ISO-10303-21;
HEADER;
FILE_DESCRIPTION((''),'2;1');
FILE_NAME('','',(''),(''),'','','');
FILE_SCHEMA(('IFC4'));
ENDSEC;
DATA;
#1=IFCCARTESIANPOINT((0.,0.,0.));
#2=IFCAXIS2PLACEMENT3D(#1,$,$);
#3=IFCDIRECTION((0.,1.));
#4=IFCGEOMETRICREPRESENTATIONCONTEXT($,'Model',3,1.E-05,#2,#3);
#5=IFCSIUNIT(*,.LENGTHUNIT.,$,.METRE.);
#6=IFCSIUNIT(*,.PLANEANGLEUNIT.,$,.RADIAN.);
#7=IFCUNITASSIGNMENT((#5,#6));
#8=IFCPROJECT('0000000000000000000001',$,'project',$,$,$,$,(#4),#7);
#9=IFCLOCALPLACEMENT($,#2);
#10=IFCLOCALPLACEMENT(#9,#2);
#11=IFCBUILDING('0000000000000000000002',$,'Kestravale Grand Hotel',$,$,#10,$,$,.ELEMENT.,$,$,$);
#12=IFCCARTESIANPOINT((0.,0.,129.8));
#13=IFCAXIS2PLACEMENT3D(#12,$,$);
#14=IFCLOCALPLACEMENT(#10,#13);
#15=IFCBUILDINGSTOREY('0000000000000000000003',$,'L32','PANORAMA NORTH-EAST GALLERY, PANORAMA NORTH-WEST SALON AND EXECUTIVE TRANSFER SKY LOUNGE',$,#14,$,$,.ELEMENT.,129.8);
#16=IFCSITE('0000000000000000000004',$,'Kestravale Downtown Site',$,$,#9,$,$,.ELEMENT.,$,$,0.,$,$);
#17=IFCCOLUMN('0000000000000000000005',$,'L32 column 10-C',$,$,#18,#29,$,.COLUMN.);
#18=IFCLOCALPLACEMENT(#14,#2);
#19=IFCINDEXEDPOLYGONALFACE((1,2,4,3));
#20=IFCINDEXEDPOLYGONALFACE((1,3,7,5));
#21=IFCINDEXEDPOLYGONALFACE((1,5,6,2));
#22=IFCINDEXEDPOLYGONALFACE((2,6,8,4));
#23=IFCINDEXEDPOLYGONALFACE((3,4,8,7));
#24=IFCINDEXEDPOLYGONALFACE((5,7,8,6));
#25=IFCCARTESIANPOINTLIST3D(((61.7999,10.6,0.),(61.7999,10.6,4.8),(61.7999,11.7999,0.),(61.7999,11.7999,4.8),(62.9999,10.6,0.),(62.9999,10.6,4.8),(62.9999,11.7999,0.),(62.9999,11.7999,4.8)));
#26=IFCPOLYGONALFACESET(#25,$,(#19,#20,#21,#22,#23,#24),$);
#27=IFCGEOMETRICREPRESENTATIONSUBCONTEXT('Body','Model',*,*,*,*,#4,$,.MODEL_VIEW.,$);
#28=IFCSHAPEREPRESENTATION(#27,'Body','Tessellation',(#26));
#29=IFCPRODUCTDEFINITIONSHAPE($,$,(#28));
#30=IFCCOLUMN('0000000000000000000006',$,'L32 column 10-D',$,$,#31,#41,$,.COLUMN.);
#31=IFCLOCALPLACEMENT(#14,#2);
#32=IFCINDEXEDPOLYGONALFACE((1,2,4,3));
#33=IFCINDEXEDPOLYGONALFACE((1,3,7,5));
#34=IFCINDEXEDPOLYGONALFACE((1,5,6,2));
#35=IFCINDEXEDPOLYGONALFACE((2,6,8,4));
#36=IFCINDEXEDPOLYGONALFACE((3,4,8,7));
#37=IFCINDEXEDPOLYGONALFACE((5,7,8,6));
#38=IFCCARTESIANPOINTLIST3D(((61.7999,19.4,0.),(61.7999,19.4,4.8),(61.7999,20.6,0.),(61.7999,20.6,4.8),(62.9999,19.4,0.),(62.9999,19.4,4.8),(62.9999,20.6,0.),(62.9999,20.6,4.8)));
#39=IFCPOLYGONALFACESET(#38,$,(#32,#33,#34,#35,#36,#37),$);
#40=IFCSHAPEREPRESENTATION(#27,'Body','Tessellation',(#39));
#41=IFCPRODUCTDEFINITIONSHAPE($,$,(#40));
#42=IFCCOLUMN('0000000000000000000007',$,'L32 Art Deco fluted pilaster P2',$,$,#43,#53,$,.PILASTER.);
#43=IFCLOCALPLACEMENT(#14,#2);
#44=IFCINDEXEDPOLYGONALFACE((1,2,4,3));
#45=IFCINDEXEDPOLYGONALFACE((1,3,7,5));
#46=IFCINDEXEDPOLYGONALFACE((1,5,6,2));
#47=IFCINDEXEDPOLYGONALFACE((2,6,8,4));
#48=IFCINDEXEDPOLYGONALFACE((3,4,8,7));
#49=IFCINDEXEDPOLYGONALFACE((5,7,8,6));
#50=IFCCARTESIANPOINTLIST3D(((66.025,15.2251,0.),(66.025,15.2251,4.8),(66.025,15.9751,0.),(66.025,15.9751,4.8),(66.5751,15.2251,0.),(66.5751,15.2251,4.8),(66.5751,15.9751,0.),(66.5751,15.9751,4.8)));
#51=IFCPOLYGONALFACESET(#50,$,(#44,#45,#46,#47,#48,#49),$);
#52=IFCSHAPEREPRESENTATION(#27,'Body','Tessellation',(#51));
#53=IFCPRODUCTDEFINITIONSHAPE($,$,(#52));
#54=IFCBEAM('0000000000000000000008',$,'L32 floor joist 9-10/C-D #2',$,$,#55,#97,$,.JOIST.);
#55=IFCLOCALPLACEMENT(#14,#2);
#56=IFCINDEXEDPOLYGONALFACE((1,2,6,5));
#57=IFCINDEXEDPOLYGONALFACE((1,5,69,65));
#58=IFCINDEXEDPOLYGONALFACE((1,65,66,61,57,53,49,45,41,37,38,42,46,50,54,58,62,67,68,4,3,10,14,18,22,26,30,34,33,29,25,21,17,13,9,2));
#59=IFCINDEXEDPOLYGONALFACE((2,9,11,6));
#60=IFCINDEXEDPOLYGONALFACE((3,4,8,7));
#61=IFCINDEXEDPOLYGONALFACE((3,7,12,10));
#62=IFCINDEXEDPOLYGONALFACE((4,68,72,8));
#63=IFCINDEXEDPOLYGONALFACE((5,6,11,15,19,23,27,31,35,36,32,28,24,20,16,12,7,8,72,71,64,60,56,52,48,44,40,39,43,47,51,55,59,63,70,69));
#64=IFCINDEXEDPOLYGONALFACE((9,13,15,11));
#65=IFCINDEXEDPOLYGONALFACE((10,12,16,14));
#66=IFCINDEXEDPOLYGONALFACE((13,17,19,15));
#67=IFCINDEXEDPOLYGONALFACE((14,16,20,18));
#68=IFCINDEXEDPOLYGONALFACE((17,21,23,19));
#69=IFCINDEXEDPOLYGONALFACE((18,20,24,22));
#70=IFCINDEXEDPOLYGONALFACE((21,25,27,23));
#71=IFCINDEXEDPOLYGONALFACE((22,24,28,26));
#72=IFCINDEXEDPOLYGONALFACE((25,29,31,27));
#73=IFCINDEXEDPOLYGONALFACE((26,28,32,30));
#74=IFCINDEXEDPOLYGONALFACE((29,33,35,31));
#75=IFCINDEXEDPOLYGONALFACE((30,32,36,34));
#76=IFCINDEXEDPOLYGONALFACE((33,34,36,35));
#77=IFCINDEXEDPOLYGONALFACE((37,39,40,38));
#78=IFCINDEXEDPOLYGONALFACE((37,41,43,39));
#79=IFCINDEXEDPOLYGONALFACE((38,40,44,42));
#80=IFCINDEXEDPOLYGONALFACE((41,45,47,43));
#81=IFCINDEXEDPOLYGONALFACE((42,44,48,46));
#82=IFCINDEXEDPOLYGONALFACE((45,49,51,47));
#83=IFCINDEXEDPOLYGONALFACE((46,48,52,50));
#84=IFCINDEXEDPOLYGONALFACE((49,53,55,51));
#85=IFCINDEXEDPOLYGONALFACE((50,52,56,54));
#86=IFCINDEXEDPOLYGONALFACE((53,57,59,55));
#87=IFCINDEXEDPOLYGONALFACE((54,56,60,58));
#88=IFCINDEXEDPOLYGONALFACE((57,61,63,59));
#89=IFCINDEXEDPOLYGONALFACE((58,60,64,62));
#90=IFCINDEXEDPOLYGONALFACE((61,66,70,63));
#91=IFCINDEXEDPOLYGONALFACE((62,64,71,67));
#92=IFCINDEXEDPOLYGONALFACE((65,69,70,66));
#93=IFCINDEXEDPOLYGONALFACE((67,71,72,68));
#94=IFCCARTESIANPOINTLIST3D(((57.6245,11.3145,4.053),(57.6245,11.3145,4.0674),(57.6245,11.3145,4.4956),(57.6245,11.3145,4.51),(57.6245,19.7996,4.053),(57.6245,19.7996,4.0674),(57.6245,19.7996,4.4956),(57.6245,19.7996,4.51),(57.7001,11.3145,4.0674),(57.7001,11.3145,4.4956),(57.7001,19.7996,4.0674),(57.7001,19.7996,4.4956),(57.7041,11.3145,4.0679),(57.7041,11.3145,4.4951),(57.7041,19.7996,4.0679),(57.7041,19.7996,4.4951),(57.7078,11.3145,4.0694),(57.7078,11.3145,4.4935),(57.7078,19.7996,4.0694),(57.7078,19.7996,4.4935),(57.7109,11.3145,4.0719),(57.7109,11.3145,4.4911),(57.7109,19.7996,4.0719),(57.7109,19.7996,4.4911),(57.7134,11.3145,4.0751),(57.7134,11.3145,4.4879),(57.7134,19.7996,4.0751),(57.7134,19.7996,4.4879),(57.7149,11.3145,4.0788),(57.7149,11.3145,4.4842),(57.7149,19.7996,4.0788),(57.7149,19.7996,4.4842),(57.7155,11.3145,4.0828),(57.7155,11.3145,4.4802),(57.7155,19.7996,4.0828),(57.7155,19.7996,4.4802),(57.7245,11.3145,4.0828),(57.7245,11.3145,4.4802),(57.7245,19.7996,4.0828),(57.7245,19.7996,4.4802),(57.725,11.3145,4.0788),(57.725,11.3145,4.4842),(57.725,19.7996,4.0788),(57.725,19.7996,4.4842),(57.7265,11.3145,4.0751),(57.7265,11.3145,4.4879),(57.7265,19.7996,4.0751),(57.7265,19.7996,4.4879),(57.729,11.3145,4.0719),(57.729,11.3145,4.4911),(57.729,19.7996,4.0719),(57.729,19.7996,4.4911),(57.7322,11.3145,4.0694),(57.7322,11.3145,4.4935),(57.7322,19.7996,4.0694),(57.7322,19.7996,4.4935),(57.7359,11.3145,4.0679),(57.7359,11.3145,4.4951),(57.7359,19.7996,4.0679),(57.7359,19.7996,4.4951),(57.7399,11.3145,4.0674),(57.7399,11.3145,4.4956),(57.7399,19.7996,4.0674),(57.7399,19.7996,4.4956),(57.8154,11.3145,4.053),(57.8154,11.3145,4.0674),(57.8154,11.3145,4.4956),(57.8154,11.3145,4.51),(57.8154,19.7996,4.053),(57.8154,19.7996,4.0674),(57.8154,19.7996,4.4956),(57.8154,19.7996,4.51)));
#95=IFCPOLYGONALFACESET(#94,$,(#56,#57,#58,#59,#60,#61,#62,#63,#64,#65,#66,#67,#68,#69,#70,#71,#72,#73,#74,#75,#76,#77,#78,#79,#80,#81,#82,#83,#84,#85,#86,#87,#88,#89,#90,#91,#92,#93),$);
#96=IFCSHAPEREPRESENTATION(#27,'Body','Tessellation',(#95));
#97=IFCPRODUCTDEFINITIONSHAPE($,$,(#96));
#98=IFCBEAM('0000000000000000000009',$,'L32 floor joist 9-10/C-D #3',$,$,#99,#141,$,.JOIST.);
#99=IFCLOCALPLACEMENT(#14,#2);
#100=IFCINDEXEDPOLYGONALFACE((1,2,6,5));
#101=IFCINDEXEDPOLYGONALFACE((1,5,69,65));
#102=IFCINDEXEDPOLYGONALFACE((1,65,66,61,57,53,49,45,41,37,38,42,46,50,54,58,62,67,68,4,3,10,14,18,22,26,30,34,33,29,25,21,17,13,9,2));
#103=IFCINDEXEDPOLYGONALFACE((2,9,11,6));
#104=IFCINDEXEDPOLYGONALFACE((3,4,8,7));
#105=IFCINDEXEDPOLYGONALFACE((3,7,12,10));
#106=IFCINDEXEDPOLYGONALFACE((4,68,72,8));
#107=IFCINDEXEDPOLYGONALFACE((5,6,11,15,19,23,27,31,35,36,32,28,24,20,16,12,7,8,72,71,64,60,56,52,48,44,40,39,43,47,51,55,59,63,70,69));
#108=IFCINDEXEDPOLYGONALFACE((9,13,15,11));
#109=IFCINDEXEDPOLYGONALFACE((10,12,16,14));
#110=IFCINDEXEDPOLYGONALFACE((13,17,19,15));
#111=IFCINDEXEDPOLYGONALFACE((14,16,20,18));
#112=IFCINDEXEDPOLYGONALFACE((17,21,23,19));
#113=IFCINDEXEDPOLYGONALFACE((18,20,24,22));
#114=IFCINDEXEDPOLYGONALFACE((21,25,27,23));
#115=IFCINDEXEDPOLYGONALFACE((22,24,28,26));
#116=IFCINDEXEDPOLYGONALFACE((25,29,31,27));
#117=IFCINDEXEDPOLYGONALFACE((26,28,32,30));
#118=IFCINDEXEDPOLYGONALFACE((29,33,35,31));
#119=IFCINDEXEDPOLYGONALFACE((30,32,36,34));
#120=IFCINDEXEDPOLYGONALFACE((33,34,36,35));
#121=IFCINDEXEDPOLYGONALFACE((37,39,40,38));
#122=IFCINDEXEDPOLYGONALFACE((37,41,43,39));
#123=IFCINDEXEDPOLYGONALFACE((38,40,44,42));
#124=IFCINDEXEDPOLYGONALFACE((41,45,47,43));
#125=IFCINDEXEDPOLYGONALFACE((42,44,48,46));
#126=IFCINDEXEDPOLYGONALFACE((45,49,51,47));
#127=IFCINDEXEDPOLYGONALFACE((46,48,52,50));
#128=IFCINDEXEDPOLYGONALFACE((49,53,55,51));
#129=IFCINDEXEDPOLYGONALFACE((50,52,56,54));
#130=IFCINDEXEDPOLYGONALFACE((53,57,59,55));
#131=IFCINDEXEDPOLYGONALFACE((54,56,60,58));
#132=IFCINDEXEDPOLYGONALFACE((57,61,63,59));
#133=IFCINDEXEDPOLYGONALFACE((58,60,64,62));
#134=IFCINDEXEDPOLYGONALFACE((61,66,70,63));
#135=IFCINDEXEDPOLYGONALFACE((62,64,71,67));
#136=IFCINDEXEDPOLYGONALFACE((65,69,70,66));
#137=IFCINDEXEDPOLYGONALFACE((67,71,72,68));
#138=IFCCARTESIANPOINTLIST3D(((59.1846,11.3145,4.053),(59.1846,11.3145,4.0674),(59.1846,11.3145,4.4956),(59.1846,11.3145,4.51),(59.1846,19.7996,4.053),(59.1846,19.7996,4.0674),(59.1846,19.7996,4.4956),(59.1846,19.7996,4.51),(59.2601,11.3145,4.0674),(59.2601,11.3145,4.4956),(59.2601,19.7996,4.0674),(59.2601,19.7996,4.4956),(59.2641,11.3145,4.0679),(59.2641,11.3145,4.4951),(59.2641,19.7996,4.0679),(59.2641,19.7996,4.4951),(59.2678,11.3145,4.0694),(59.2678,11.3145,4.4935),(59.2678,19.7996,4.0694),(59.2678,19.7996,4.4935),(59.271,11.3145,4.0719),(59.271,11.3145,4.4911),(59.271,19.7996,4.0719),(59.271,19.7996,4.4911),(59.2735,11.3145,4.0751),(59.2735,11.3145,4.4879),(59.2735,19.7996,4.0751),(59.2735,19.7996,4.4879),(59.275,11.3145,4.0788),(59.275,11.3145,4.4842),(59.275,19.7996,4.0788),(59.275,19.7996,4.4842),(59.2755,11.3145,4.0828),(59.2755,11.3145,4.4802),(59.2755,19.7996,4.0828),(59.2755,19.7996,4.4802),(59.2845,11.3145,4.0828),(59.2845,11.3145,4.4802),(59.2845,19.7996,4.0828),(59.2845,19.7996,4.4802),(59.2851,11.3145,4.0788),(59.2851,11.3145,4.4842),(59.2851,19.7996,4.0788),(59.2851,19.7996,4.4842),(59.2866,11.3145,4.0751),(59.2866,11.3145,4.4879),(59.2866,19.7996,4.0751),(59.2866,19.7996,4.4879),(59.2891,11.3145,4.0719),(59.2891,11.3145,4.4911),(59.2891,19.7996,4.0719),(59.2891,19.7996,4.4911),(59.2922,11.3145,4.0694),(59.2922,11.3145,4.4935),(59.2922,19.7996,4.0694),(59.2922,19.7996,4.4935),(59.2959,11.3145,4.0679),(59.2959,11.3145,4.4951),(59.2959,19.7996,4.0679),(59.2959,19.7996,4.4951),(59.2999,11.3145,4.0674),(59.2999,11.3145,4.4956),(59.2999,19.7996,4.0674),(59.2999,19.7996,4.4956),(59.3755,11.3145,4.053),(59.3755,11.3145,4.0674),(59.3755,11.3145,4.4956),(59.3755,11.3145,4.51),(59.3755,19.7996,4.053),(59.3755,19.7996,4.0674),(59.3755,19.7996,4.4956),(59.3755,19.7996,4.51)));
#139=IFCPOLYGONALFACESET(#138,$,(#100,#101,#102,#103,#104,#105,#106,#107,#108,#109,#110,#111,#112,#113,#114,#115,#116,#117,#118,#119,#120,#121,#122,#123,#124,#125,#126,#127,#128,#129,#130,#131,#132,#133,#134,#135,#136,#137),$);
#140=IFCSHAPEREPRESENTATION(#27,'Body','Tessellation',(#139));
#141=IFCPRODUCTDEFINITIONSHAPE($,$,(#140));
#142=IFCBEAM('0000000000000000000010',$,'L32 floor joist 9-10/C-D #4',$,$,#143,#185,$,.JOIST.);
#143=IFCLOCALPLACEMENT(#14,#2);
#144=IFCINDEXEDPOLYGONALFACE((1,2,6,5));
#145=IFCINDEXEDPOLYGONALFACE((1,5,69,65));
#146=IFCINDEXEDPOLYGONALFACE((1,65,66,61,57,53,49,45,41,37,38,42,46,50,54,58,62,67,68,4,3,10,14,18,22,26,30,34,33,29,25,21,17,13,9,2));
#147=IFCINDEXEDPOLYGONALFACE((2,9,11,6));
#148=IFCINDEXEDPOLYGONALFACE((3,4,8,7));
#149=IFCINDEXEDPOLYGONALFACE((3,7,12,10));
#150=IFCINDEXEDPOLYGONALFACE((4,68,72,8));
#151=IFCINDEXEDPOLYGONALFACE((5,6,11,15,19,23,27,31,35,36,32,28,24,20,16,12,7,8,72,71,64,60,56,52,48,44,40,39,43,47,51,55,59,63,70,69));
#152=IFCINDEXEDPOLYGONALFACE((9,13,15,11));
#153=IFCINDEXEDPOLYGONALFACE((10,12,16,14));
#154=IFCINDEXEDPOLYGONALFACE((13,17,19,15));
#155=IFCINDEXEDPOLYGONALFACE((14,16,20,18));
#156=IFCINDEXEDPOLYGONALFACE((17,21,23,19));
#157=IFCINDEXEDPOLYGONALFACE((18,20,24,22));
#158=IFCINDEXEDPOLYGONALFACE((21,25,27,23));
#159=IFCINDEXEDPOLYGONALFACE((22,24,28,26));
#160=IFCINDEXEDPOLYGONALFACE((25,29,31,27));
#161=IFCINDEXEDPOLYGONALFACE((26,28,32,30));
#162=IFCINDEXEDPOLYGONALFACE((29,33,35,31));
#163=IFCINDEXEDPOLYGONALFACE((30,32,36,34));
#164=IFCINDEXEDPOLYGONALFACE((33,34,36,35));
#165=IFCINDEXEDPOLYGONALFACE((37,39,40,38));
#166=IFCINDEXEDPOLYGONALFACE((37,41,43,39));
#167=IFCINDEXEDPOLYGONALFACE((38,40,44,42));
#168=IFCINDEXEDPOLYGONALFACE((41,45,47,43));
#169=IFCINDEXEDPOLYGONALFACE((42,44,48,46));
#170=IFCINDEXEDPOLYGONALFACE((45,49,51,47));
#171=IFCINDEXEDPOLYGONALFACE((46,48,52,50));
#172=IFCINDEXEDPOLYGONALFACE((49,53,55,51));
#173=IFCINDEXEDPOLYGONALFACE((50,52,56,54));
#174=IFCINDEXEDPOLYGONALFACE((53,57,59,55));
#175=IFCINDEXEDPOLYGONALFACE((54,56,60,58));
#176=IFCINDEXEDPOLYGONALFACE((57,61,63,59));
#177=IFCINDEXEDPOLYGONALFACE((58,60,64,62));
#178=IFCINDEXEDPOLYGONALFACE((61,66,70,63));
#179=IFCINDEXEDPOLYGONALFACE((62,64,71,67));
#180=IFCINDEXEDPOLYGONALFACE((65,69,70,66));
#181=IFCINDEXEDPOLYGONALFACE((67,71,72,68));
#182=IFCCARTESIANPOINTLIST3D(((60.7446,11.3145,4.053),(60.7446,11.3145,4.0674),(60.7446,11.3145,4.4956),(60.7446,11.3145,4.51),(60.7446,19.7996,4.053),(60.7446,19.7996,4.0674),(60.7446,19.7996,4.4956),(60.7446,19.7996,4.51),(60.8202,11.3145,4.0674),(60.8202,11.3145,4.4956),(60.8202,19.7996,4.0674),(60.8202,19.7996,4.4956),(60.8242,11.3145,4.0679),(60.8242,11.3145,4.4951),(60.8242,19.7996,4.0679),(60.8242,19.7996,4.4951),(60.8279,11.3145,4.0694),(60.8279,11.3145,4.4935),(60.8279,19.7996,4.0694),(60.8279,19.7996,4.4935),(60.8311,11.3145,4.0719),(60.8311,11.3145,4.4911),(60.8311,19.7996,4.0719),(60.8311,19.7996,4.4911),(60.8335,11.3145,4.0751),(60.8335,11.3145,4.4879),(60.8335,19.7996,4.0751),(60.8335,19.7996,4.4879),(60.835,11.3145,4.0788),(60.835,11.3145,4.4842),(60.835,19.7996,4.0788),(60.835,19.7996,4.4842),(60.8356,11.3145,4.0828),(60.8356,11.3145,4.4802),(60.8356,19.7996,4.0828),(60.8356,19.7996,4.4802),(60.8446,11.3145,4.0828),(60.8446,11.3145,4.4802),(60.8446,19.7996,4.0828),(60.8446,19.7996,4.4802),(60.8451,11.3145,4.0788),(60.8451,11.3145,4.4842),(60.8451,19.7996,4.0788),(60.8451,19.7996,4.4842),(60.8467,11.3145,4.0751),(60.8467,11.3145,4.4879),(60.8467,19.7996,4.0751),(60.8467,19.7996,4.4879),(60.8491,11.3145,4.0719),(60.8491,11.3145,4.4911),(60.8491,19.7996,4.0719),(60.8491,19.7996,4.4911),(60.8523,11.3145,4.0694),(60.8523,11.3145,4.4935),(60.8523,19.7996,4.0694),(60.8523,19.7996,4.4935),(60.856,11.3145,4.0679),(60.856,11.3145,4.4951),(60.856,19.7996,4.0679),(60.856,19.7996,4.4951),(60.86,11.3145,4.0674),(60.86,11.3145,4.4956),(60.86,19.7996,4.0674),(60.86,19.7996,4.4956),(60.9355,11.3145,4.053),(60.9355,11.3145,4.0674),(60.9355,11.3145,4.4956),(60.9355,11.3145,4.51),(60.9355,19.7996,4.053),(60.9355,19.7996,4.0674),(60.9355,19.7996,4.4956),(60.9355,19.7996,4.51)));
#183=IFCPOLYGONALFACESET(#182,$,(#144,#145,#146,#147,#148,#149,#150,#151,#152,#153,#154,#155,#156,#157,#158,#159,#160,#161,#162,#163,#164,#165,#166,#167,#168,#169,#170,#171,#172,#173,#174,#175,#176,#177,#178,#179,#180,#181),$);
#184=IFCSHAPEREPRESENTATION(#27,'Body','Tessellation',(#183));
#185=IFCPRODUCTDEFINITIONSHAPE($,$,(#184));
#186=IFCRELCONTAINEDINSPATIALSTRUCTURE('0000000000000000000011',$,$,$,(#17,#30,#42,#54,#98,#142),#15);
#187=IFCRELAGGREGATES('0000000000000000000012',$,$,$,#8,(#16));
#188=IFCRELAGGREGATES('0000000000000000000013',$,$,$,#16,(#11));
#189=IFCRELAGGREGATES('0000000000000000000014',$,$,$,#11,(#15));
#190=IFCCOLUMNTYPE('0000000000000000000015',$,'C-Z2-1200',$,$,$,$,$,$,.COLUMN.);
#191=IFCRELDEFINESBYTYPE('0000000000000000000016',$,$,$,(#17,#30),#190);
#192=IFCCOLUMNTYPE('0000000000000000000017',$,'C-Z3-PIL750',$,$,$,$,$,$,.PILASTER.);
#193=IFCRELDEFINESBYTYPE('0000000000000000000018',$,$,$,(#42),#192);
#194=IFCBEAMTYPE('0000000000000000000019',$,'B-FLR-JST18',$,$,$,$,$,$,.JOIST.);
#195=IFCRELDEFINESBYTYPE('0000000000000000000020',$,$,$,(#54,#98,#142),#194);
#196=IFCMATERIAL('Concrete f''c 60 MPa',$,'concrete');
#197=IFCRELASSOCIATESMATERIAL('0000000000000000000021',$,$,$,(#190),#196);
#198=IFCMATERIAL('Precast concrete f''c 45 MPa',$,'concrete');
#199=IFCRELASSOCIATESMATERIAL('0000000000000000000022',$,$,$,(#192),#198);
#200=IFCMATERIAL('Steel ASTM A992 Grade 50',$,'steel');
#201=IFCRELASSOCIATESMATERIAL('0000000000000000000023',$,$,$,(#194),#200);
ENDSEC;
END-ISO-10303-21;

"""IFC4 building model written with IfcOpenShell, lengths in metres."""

from ifc_helpers import new_model, si_unit, direction, frame, origin, origin_2d, place, context, subcontext, project, spatial, rectangle, i_section, extrude, material, material_profile, profile_set, type_object, element, save


model = new_model("IFC4")

# Units and contexts
model_context = context("Model", 3, precision=1e-05, world=origin(), true_north=direction((0.0, 1.0)))
body_context = subcontext(model_context, "Body", "Model", "MODEL_VIEW")
ifc_project = project(units=[si_unit("LENGTHUNIT", "METRE"), si_unit("PLANEANGLEUNIT", "RADIAN")], contexts=[model_context])

# Site, building, storey
site_placement = place(None, origin())
site = spatial("IfcSite", under=ifc_project, at=site_placement, Name="Kestravale Downtown Site", CompositionType="ELEMENT", RefElevation=0.0)
building_placement = place(site_placement, origin())
building = spatial("IfcBuilding", under=site, at=building_placement, Name="Kestravale Grand Hotel", CompositionType="ELEMENT")
storey_placement = place(building_placement, frame((0.0, 0.0, 129.8)))
storey = spatial("IfcBuildingStorey", under=building, at=storey_placement, Name="L32", Description="PANORAMA NORTH-EAST GALLERY, PANORAMA NORTH-WEST SALON AND EXECUTIVE TRANSFER SKY LOUNGE", CompositionType="ELEMENT", Elevation=129.8)

# Columns
ifc_material_1 = material(Name="Concrete f'c 60 MPa", Category="concrete")
ifc_material_profile_1 = material_profile(ifc_material_1, rectangle(XDim=1.2, YDim=1.2, at=origin_2d()))
ifc_profile_set_1 = profile_set([ifc_material_profile_1], Name="Concrete f'c 60 MPa")
column_type_1 = type_object("IfcColumnType", Name="C-Z2-1200", PredefinedType="COLUMN", material=ifc_profile_set_1)
for number, where, z_axis, x_axis, name in (
    (1, (62.3999, 11.2, 0.0), (0.0, 0.0, 1.0), (1.0, 0.0, 0.0), "L32 column 10-C"),
    (2, (62.3999, 20.0, 0.0), (0.0, 0.0, 1.0), (1.0, 0.0, 0.0), "L32 column 10-D"),
):
    element("IfcColumn", number, at=place(storey_placement, frame(where, z_axis=z_axis, x_axis=x_axis)), inside=storey, type_object=column_type_1, Name=name, PredefinedType="COLUMN", context=body_context, shape_type="SweptSolid", body=[
        extrude(rectangle(XDim=1.2, YDim=1.2, at=origin_2d()), origin(), (0.0, 0.0, 1.0), 4.8),
    ])
ifc_material_2 = material(Name="Precast concrete f'c 45 MPa", Category="concrete")
ifc_material_profile_2 = material_profile(ifc_material_2, rectangle(XDim=0.55, YDim=0.75, at=origin_2d()))
ifc_profile_set_2 = profile_set([ifc_material_profile_2], Name="Precast concrete f'c 45 MPa")
column_type_2 = type_object("IfcColumnType", Name="C-Z3-PIL750", PredefinedType="PILASTER", material=ifc_profile_set_2)
column_placement = place(storey_placement, frame((66.3, 15.6001, 0.0), z_axis=(0.0, 0.0, 1.0), x_axis=(1.0, 0.0, 0.0)))
element("IfcColumn", 3, at=column_placement, inside=storey, type_object=column_type_2, Name="L32 Art Deco fluted pilaster P2", PredefinedType="PILASTER", context=body_context, shape_type="SweptSolid", body=[
    extrude(rectangle(XDim=0.55, YDim=0.75, at=origin_2d()), origin(), (0.0, 0.0, 1.0), 4.8),
])

# Beams
ifc_material_3 = material(Name="Steel ASTM A992 Grade 50", Category="steel")
ifc_material_profile_3 = material_profile(ifc_material_3, i_section(OverallWidth=0.1909, OverallDepth=0.457, WebThickness=0.009, FlangeThickness=0.0144, FilletRadius=0.0154, at=origin_2d()))
ifc_profile_set_3 = profile_set([ifc_material_profile_3], Name="Steel ASTM A992 Grade 50")
beam_type_1 = type_object("IfcBeamType", Name="B-FLR-JST18", PredefinedType="JOIST", material=ifc_profile_set_3)
for number, where, z_axis, x_axis, name in (
    (4, (57.72, 11.3145, 4.2815), (0.0, 1.0, 0.0), (-1.0, 0.0, 0.0), "L32 floor joist 9-10/C-D #2"),
    (5, (59.28, 11.3145, 4.2815), (0.0, 1.0, 0.0), (-1.0, 0.0, 0.0), "L32 floor joist 9-10/C-D #3"),
    (6, (60.8401, 11.3145, 4.2815), (0.0, 1.0, 0.0), (-1.0, 0.0, 0.0), "L32 floor joist 9-10/C-D #4"),
):
    element("IfcBeam", number, at=place(storey_placement, frame(where, z_axis=z_axis, x_axis=x_axis)), inside=storey, type_object=beam_type_1, Name=name, PredefinedType="JOIST", context=body_context, shape_type="SweptSolid", body=[
        extrude(i_section(OverallWidth=0.1909, OverallDepth=0.457, WebThickness=0.009, FlangeThickness=0.0144, FilletRadius=0.0154, at=origin_2d()), origin(), (0.0, 0.0, 1.0), 8.4851),
    ])

save(model, "model.ifc")
